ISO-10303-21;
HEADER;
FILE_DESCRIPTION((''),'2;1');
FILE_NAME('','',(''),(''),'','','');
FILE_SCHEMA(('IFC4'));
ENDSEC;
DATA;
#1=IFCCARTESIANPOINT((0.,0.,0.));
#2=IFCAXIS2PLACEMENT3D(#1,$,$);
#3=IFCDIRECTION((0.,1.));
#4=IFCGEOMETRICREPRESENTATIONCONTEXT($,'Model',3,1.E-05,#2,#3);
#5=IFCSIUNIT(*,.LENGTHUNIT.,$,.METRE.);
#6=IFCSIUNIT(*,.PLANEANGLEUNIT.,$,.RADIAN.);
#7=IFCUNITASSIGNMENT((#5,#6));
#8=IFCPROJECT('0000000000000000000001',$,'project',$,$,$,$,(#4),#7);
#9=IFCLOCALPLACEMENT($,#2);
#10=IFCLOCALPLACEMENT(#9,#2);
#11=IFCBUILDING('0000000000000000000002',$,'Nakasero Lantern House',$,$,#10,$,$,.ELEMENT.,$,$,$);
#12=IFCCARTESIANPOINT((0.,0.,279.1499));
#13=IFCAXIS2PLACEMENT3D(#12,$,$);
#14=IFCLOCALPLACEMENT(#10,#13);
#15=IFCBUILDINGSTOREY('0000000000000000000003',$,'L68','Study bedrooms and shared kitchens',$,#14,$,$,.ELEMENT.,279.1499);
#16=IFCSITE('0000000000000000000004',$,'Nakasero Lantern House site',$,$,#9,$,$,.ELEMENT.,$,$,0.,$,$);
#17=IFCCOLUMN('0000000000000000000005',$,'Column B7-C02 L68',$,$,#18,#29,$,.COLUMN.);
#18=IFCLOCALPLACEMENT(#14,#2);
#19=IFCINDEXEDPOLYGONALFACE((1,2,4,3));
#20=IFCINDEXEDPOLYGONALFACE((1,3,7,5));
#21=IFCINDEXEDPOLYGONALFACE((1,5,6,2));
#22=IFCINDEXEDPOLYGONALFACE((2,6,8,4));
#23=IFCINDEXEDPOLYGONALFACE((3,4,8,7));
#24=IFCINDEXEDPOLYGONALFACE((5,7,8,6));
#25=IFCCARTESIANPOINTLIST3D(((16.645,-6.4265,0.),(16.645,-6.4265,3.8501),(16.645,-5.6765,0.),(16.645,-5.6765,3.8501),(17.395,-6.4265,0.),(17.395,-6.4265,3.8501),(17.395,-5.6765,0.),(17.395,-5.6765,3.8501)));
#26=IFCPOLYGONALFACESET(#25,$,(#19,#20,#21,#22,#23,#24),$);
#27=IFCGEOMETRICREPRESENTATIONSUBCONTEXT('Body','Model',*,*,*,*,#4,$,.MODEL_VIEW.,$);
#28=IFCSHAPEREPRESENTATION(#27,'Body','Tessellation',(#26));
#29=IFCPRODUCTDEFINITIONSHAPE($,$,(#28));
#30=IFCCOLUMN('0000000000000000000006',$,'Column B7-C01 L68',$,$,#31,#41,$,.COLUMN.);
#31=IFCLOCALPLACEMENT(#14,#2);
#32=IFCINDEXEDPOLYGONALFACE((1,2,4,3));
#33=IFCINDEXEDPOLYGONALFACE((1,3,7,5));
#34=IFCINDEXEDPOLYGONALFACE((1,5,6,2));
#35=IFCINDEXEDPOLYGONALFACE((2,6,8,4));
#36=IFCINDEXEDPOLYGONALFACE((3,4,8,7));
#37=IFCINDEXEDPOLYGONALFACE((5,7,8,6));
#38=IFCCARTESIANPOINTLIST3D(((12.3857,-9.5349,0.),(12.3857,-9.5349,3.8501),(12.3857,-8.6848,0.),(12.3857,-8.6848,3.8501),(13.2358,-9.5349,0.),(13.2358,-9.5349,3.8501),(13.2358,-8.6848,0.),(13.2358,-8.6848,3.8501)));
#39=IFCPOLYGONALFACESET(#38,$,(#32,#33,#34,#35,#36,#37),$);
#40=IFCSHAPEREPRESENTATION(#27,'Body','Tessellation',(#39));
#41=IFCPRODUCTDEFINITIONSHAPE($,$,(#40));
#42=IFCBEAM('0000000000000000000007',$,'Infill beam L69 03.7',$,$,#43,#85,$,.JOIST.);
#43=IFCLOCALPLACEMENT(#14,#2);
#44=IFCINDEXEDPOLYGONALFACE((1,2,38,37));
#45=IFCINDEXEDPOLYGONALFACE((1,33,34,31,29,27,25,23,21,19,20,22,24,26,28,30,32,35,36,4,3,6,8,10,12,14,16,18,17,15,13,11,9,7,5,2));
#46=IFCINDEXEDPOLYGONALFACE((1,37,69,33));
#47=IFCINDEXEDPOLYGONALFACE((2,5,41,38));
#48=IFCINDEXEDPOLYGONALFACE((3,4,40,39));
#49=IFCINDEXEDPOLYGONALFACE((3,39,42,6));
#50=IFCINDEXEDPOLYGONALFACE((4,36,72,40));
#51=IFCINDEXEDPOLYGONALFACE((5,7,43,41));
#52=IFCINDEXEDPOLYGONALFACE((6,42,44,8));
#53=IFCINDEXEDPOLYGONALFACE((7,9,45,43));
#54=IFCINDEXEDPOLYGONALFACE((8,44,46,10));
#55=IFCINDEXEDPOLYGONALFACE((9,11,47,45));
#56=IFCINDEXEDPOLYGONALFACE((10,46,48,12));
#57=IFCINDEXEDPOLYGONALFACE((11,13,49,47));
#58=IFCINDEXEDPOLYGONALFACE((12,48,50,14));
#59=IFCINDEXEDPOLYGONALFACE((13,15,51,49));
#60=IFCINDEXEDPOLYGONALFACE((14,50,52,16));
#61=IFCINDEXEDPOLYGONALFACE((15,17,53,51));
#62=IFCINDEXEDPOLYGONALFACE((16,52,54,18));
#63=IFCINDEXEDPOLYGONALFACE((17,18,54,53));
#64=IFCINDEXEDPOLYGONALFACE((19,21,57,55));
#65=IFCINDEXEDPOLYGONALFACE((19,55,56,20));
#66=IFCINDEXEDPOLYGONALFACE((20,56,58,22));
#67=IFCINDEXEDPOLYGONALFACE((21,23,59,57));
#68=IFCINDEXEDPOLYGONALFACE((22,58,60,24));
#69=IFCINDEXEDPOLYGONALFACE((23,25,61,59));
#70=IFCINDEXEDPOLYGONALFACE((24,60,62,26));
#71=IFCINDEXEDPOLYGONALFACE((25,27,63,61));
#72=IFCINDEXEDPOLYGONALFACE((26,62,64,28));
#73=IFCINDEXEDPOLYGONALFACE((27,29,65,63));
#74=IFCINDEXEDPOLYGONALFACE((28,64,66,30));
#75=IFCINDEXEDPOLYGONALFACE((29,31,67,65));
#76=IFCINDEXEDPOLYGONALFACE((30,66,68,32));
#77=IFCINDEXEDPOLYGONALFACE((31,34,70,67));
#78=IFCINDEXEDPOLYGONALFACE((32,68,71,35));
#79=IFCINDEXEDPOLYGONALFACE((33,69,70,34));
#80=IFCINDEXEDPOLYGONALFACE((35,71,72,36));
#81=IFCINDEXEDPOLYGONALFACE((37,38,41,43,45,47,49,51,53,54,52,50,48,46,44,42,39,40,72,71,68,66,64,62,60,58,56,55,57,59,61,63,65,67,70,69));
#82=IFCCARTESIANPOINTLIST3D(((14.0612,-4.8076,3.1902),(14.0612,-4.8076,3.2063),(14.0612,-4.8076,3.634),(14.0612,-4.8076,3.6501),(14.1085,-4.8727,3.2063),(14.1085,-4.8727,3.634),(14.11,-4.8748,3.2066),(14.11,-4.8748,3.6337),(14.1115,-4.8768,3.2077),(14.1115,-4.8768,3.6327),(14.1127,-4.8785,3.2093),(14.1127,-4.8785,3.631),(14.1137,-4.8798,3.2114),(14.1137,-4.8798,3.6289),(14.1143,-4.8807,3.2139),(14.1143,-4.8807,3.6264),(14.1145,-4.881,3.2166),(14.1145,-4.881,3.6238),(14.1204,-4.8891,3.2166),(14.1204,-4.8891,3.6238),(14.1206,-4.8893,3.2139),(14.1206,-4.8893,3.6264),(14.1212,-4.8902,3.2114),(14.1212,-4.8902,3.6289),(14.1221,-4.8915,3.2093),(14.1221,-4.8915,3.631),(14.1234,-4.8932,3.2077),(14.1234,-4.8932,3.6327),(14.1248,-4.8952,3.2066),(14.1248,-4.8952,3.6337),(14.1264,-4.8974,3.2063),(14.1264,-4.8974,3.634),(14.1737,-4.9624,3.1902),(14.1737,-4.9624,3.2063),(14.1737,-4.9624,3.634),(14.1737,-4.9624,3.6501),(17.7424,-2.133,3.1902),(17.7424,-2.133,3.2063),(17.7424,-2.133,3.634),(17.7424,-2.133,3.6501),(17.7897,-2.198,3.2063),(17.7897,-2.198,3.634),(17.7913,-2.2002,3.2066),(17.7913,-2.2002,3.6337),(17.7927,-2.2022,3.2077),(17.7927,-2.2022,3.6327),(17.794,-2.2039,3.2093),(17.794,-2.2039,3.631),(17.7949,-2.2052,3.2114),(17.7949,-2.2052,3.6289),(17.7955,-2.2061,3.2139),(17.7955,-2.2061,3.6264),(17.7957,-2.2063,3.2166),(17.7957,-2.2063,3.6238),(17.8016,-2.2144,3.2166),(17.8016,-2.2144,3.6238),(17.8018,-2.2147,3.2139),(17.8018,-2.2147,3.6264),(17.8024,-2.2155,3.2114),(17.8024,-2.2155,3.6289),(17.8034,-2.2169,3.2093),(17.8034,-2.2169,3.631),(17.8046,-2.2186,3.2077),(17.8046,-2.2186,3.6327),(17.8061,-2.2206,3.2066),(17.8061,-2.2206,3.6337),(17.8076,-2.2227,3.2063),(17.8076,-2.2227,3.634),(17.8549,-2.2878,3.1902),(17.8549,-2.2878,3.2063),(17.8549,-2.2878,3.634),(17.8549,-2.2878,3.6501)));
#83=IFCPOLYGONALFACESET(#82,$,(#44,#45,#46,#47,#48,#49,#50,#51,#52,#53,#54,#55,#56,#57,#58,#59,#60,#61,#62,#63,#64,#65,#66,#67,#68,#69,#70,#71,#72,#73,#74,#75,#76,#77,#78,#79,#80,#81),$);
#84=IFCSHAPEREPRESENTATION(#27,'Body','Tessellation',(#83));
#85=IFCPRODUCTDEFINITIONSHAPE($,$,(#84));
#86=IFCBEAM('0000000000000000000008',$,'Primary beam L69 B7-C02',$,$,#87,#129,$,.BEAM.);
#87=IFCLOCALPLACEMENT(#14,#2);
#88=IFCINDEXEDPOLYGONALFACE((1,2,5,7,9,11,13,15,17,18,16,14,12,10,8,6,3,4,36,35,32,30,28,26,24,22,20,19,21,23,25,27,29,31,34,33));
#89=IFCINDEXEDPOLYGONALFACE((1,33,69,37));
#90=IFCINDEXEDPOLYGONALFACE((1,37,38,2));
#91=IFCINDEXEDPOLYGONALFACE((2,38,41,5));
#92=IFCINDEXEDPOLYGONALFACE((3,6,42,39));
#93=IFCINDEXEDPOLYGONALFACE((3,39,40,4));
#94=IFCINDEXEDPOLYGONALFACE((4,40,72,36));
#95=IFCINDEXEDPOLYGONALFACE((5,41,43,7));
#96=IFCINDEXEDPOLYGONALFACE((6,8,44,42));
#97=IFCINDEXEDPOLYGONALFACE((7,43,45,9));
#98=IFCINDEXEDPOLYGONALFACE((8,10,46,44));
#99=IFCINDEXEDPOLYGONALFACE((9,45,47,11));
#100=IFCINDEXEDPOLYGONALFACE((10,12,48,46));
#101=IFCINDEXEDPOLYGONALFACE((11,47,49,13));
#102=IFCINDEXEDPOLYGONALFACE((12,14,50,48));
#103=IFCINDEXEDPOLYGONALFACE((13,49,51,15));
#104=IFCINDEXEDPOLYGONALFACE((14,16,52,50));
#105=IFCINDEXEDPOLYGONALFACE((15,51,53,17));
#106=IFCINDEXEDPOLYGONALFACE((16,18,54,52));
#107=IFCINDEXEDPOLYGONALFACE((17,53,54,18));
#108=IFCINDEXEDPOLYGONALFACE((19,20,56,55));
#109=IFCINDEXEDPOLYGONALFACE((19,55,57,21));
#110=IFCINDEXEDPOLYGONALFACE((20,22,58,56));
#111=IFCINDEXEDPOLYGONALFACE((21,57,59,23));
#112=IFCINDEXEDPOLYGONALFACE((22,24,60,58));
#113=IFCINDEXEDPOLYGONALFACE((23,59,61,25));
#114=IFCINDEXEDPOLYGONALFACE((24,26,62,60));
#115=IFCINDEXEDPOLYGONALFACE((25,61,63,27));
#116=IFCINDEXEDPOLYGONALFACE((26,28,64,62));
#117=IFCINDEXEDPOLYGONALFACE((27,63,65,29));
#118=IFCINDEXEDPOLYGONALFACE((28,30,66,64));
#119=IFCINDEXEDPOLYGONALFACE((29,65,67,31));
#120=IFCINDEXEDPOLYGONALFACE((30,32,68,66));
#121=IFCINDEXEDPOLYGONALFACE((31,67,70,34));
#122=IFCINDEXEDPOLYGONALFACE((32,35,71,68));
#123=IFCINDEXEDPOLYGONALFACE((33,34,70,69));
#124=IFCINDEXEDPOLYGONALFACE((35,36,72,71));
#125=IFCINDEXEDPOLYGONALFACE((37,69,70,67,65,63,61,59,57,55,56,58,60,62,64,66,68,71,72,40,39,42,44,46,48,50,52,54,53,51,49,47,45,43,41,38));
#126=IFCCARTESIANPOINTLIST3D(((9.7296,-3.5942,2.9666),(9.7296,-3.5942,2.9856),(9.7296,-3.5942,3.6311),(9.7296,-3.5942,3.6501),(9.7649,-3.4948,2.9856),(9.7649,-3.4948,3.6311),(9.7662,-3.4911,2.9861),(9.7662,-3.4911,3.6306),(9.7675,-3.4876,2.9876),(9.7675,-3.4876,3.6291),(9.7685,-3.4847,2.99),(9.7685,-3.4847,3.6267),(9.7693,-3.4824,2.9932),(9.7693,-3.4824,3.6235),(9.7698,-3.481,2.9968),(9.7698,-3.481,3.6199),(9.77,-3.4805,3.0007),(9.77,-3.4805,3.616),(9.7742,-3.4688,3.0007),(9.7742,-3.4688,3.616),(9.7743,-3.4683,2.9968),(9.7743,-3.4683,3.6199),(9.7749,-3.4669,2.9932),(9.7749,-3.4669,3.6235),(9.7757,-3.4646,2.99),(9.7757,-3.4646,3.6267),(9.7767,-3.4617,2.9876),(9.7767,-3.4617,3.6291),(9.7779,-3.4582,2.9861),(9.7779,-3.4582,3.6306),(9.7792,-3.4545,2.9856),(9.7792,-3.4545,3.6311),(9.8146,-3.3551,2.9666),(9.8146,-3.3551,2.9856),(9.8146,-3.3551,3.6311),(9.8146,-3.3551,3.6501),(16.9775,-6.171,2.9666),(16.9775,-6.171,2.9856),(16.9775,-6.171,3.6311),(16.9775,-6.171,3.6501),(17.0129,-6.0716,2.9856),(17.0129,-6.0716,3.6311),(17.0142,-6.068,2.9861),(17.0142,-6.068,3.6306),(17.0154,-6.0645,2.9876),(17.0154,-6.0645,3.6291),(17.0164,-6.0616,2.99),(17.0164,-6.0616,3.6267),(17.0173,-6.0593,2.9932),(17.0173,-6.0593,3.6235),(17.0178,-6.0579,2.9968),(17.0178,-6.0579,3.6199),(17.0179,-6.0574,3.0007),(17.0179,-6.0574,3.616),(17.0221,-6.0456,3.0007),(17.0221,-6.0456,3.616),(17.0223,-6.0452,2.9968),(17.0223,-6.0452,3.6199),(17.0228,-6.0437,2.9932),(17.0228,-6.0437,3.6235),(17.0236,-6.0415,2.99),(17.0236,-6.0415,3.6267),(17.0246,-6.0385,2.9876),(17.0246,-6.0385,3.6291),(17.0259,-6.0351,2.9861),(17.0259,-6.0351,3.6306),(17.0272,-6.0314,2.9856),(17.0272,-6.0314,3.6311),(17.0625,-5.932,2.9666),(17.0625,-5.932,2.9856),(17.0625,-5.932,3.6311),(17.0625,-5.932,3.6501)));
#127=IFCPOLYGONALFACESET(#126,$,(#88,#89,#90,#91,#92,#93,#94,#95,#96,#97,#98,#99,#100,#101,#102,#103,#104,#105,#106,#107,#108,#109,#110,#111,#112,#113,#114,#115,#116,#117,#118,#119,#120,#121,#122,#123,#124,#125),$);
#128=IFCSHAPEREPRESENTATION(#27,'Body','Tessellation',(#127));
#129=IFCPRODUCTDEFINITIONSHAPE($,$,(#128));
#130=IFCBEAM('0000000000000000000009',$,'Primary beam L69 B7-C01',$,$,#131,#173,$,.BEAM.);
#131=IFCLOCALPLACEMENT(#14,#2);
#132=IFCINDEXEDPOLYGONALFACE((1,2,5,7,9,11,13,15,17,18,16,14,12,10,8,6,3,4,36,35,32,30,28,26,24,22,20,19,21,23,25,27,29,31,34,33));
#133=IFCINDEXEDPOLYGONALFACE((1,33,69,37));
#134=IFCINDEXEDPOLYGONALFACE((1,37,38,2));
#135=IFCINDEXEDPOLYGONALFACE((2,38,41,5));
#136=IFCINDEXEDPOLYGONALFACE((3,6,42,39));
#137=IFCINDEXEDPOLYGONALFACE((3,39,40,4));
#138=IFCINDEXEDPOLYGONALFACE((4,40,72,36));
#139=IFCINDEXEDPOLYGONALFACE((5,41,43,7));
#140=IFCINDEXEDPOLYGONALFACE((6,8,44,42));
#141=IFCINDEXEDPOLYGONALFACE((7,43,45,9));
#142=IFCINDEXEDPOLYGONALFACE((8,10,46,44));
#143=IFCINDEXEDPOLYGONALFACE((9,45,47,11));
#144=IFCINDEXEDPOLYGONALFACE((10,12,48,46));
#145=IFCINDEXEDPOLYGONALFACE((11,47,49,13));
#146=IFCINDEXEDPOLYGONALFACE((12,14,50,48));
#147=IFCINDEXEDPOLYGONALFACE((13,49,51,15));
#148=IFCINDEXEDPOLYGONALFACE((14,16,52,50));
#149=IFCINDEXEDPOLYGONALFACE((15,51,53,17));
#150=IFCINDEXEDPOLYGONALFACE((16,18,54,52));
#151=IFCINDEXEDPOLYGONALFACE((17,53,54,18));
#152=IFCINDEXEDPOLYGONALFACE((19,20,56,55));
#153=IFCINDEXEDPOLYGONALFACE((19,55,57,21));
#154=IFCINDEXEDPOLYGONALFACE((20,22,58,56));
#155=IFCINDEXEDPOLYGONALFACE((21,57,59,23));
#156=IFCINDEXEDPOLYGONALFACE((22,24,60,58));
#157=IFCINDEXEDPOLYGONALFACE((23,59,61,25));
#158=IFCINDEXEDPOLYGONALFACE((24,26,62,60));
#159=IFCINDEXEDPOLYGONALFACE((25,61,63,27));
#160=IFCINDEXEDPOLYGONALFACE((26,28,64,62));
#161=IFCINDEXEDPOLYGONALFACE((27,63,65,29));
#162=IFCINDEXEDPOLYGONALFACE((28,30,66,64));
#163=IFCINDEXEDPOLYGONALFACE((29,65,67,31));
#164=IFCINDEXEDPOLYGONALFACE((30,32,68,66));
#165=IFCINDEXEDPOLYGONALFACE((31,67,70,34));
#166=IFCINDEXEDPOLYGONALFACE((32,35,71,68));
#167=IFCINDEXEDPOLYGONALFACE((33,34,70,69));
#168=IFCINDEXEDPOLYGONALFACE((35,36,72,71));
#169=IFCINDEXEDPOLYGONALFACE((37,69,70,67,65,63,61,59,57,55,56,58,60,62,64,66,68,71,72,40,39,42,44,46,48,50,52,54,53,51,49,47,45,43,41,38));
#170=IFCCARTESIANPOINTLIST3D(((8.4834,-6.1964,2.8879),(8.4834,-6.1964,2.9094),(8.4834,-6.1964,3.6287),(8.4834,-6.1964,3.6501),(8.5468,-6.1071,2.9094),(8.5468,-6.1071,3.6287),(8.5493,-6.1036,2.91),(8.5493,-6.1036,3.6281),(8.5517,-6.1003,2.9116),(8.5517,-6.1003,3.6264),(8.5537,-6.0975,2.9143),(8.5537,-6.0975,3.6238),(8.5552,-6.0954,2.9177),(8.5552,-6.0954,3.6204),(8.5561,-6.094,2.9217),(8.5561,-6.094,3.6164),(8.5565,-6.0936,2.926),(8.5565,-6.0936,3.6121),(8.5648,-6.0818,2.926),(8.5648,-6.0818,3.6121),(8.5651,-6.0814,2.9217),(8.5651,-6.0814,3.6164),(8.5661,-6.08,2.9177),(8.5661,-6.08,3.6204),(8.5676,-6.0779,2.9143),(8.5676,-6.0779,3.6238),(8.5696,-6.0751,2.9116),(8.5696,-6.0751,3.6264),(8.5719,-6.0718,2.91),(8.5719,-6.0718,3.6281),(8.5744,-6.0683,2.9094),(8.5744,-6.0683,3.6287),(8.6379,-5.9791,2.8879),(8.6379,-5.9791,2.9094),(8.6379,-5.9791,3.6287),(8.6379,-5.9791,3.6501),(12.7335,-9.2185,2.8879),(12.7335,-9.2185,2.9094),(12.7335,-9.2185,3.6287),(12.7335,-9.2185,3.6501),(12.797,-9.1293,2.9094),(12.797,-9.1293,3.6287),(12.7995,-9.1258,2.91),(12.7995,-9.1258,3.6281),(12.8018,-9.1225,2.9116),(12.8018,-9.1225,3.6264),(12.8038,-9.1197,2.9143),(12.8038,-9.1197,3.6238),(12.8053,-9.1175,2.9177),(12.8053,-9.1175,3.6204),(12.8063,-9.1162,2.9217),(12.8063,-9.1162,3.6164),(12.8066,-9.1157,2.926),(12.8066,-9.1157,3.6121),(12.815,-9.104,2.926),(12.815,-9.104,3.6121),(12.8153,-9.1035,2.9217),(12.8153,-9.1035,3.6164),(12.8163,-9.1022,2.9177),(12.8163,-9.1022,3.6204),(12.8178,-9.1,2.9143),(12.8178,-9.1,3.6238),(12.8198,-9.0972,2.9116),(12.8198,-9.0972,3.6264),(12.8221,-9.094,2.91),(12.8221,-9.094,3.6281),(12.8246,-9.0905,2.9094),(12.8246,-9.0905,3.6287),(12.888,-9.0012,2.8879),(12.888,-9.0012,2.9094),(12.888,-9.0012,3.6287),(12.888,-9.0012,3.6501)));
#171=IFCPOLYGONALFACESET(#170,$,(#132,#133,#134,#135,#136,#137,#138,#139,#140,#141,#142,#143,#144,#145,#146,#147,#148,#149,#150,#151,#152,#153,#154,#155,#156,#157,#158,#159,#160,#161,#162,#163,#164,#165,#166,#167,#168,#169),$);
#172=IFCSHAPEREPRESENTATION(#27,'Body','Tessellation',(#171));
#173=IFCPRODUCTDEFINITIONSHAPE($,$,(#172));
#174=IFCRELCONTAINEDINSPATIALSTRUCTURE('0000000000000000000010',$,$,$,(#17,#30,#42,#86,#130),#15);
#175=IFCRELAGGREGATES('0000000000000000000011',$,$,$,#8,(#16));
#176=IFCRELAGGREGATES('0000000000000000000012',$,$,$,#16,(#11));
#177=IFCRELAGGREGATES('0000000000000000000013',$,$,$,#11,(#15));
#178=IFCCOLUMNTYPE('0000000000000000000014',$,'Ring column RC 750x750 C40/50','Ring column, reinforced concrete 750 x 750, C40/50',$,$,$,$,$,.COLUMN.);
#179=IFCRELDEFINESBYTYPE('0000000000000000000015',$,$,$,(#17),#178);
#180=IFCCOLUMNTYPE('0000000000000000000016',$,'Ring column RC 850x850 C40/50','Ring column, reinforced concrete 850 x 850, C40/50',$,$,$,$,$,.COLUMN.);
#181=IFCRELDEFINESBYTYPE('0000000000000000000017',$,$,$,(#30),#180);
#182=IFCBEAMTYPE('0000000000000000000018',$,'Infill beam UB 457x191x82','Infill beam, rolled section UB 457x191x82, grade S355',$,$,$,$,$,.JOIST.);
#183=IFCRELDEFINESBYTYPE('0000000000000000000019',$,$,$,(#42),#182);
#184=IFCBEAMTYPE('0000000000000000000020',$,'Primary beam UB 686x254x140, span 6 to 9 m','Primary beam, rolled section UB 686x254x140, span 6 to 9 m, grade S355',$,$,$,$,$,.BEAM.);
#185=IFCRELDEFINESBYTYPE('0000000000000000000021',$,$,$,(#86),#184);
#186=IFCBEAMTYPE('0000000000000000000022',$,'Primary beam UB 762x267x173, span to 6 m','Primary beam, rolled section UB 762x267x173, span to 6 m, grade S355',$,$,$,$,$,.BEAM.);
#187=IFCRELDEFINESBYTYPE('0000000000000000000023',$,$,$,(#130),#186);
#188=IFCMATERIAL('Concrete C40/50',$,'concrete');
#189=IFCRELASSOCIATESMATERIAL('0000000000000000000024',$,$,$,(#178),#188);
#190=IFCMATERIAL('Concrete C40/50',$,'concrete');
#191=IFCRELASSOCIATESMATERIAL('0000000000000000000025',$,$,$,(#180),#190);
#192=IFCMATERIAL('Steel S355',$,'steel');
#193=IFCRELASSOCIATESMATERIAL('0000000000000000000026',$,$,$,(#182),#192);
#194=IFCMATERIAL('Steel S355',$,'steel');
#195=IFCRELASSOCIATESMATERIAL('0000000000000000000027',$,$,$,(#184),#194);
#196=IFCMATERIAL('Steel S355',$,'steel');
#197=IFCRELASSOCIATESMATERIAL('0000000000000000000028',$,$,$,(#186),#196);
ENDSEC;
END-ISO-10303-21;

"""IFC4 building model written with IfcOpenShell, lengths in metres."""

from ifc_helpers import new_model, si_unit, direction, frame, origin, origin_2d, place, context, subcontext, project, spatial, rectangle, i_section, extrude, material, material_profile, profile_set, type_object, element, save


model = new_model("IFC4")

# Units and contexts
model_context = context("Model", 3, precision=1e-05, world=origin(), true_north=direction((0.0, 1.0)))
body_context = subcontext(model_context, "Body", "Model", "MODEL_VIEW")
ifc_project = project(units=[si_unit("LENGTHUNIT", "METRE"), si_unit("PLANEANGLEUNIT", "RADIAN")], contexts=[model_context])

# Site, building, storey
site_placement = place(None, origin())
site = spatial("IfcSite", under=ifc_project, at=site_placement, Name="Nakasero Lantern House site", CompositionType="ELEMENT", RefElevation=0.0)
building_placement = place(site_placement, origin())
building = spatial("IfcBuilding", under=site, at=building_placement, Name="Nakasero Lantern House", CompositionType="ELEMENT")
storey_placement = place(building_placement, frame((0.0, 0.0, 279.1499)))
storey = spatial("IfcBuildingStorey", under=building, at=storey_placement, Name="L68", Description="Study bedrooms and shared kitchens", CompositionType="ELEMENT", Elevation=279.1499)

# Columns
ifc_material_1 = material(Name="Concrete C40/50", Category="concrete")
ifc_material_profile_1 = material_profile(ifc_material_1, rectangle(XDim=0.75, YDim=0.75, at=origin_2d()), Name="RC 750x750")
ifc_profile_set_1 = profile_set([ifc_material_profile_1], Name="Concrete C40/50")
column_type_1 = type_object("IfcColumnType", Name="Ring column RC 750x750 C40/50", Description="Ring column, reinforced concrete 750 x 750, C40/50", PredefinedType="COLUMN", material=ifc_profile_set_1)
column_1_placement = place(storey_placement, frame((17.02, -6.0515, 0.0), z_axis=(0.0, 0.0, 1.0), x_axis=(1.0, 0.0, 0.0)))
element("IfcColumn", 1, at=column_1_placement, inside=storey, type_object=column_type_1, Name="Column B7-C02 L68", PredefinedType="COLUMN", context=body_context, shape_type="SweptSolid", body=[
    extrude(rectangle(XDim=0.75, YDim=0.75, at=origin_2d()), origin(), (0.0, 0.0, 1.0), 3.8501),
])
ifc_material_2 = material(Name="Concrete C40/50", Category="concrete")
ifc_material_profile_2 = material_profile(ifc_material_2, rectangle(XDim=0.8501, YDim=0.8501, at=origin_2d()), Name="RC 850x850")
ifc_profile_set_2 = profile_set([ifc_material_profile_2], Name="Concrete C40/50")
column_type_2 = type_object("IfcColumnType", Name="Ring column RC 850x850 C40/50", Description="Ring column, reinforced concrete 850 x 850, C40/50", PredefinedType="COLUMN", material=ifc_profile_set_2)
column_2_placement = place(storey_placement, frame((12.8108, -9.1099, 0.0), z_axis=(0.0, 0.0, 1.0), x_axis=(1.0, 0.0, 0.0)))
element("IfcColumn", 2, at=column_2_placement, inside=storey, type_object=column_type_2, Name="Column B7-C01 L68", PredefinedType="COLUMN", context=body_context, shape_type="SweptSolid", body=[
    extrude(rectangle(XDim=0.8501, YDim=0.8501, at=origin_2d()), origin(), (0.0, 0.0, 1.0), 3.8501),
])

# Beams
ifc_material_3 = material(Name="Steel S355", Category="steel")
ifc_material_profile_3 = material_profile(ifc_material_3, i_section(OverallWidth=0.1914, OverallDepth=0.46, WebThickness=0.01, FlangeThickness=0.0161, FilletRadius=0.0103, at=origin_2d()), Name="UB 457x191x82")
ifc_profile_set_3 = profile_set([ifc_material_profile_3], Name="Steel S355")
beam_type_1 = type_object("IfcBeamType", Name="Infill beam UB 457x191x82", Description="Infill beam, rolled section UB 457x191x82, grade S355", PredefinedType="JOIST", material=ifc_profile_set_3)
beam_1_placement = place(storey_placement, frame((14.1174, -4.885, 3.4202), z_axis=(0.809012, 0.587792, 0.0), x_axis=(-0.587792, 0.809012, 0.0)))
element("IfcBeam", 3, at=beam_1_placement, inside=storey, type_object=beam_type_1, Name="Infill beam L69 03.7", PredefinedType="JOIST", context=body_context, shape_type="SweptSolid", body=[
    extrude(i_section(OverallWidth=0.1914, OverallDepth=0.46, WebThickness=0.01, FlangeThickness=0.0161, FilletRadius=0.0103, at=origin_2d()), origin(), (0.0, 0.0, 1.0), 4.5503),
])
ifc_material_4 = material(Name="Steel S355", Category="steel")
ifc_material_profile_4 = material_profile(ifc_material_4, i_section(OverallWidth=0.2537, OverallDepth=0.6836, WebThickness=0.0125, FlangeThickness=0.019, FilletRadius=0.0151, at=origin_2d()), Name="UB 686x254x140")
ifc_profile_set_4 = profile_set([ifc_material_profile_4], Name="Steel S355")
beam_type_2 = type_object("IfcBeamType", Name="Primary beam UB 686x254x140, span 6 to 9 m", Description="Primary beam, rolled section UB 686x254x140, span 6 to 9 m, grade S355", PredefinedType="BEAM", material=ifc_profile_set_4)
beam_2_placement = place(storey_placement, frame((17.02, -6.0515, 3.3083), z_axis=(-0.942222, 0.334989, 0.0), x_axis=(-0.334989, -0.942222, 0.0)))
element("IfcBeam", 4, at=beam_2_placement, inside=storey, type_object=beam_type_2, Name="Primary beam L69 B7-C02", PredefinedType="BEAM", context=body_context, shape_type="SweptSolid", body=[
    extrude(i_section(OverallWidth=0.2537, OverallDepth=0.6836, WebThickness=0.0125, FlangeThickness=0.019, FilletRadius=0.0151, at=origin_2d()), origin(), (0.0, 0.0, 1.0), 7.6924),
])
ifc_material_5 = material(Name="Steel S355", Category="steel")
ifc_material_profile_5 = material_profile(ifc_material_5, i_section(OverallWidth=0.2666, OverallDepth=0.7622, WebThickness=0.0144, FlangeThickness=0.0215, FilletRadius=0.0166, at=origin_2d()), Name="UB 762x267x173")
ifc_profile_set_5 = profile_set([ifc_material_profile_5], Name="Steel S355")
beam_type_3 = type_object("IfcBeamType", Name="Primary beam UB 762x267x173, span to 6 m", Description="Primary beam, rolled section UB 762x267x173, span to 6 m, grade S355", PredefinedType="BEAM", material=ifc_profile_set_5)
beam_3_placement = place(storey_placement, frame((12.8108, -9.1099, 3.269), z_axis=(-0.814972, 0.579501, 0.0), x_axis=(-0.579501, -0.814972, 0.0)))
element("IfcBeam", 5, at=beam_3_placement, inside=storey, type_object=beam_type_3, Name="Primary beam L69 B7-C01", PredefinedType="BEAM", context=body_context, shape_type="SweptSolid", body=[
    extrude(i_section(OverallWidth=0.2666, OverallDepth=0.7622, WebThickness=0.0144, FlangeThickness=0.0215, FilletRadius=0.0166, at=origin_2d()), origin(), (0.0, 0.0, 1.0), 5.2151),
])

save(model, "model.ifc")
